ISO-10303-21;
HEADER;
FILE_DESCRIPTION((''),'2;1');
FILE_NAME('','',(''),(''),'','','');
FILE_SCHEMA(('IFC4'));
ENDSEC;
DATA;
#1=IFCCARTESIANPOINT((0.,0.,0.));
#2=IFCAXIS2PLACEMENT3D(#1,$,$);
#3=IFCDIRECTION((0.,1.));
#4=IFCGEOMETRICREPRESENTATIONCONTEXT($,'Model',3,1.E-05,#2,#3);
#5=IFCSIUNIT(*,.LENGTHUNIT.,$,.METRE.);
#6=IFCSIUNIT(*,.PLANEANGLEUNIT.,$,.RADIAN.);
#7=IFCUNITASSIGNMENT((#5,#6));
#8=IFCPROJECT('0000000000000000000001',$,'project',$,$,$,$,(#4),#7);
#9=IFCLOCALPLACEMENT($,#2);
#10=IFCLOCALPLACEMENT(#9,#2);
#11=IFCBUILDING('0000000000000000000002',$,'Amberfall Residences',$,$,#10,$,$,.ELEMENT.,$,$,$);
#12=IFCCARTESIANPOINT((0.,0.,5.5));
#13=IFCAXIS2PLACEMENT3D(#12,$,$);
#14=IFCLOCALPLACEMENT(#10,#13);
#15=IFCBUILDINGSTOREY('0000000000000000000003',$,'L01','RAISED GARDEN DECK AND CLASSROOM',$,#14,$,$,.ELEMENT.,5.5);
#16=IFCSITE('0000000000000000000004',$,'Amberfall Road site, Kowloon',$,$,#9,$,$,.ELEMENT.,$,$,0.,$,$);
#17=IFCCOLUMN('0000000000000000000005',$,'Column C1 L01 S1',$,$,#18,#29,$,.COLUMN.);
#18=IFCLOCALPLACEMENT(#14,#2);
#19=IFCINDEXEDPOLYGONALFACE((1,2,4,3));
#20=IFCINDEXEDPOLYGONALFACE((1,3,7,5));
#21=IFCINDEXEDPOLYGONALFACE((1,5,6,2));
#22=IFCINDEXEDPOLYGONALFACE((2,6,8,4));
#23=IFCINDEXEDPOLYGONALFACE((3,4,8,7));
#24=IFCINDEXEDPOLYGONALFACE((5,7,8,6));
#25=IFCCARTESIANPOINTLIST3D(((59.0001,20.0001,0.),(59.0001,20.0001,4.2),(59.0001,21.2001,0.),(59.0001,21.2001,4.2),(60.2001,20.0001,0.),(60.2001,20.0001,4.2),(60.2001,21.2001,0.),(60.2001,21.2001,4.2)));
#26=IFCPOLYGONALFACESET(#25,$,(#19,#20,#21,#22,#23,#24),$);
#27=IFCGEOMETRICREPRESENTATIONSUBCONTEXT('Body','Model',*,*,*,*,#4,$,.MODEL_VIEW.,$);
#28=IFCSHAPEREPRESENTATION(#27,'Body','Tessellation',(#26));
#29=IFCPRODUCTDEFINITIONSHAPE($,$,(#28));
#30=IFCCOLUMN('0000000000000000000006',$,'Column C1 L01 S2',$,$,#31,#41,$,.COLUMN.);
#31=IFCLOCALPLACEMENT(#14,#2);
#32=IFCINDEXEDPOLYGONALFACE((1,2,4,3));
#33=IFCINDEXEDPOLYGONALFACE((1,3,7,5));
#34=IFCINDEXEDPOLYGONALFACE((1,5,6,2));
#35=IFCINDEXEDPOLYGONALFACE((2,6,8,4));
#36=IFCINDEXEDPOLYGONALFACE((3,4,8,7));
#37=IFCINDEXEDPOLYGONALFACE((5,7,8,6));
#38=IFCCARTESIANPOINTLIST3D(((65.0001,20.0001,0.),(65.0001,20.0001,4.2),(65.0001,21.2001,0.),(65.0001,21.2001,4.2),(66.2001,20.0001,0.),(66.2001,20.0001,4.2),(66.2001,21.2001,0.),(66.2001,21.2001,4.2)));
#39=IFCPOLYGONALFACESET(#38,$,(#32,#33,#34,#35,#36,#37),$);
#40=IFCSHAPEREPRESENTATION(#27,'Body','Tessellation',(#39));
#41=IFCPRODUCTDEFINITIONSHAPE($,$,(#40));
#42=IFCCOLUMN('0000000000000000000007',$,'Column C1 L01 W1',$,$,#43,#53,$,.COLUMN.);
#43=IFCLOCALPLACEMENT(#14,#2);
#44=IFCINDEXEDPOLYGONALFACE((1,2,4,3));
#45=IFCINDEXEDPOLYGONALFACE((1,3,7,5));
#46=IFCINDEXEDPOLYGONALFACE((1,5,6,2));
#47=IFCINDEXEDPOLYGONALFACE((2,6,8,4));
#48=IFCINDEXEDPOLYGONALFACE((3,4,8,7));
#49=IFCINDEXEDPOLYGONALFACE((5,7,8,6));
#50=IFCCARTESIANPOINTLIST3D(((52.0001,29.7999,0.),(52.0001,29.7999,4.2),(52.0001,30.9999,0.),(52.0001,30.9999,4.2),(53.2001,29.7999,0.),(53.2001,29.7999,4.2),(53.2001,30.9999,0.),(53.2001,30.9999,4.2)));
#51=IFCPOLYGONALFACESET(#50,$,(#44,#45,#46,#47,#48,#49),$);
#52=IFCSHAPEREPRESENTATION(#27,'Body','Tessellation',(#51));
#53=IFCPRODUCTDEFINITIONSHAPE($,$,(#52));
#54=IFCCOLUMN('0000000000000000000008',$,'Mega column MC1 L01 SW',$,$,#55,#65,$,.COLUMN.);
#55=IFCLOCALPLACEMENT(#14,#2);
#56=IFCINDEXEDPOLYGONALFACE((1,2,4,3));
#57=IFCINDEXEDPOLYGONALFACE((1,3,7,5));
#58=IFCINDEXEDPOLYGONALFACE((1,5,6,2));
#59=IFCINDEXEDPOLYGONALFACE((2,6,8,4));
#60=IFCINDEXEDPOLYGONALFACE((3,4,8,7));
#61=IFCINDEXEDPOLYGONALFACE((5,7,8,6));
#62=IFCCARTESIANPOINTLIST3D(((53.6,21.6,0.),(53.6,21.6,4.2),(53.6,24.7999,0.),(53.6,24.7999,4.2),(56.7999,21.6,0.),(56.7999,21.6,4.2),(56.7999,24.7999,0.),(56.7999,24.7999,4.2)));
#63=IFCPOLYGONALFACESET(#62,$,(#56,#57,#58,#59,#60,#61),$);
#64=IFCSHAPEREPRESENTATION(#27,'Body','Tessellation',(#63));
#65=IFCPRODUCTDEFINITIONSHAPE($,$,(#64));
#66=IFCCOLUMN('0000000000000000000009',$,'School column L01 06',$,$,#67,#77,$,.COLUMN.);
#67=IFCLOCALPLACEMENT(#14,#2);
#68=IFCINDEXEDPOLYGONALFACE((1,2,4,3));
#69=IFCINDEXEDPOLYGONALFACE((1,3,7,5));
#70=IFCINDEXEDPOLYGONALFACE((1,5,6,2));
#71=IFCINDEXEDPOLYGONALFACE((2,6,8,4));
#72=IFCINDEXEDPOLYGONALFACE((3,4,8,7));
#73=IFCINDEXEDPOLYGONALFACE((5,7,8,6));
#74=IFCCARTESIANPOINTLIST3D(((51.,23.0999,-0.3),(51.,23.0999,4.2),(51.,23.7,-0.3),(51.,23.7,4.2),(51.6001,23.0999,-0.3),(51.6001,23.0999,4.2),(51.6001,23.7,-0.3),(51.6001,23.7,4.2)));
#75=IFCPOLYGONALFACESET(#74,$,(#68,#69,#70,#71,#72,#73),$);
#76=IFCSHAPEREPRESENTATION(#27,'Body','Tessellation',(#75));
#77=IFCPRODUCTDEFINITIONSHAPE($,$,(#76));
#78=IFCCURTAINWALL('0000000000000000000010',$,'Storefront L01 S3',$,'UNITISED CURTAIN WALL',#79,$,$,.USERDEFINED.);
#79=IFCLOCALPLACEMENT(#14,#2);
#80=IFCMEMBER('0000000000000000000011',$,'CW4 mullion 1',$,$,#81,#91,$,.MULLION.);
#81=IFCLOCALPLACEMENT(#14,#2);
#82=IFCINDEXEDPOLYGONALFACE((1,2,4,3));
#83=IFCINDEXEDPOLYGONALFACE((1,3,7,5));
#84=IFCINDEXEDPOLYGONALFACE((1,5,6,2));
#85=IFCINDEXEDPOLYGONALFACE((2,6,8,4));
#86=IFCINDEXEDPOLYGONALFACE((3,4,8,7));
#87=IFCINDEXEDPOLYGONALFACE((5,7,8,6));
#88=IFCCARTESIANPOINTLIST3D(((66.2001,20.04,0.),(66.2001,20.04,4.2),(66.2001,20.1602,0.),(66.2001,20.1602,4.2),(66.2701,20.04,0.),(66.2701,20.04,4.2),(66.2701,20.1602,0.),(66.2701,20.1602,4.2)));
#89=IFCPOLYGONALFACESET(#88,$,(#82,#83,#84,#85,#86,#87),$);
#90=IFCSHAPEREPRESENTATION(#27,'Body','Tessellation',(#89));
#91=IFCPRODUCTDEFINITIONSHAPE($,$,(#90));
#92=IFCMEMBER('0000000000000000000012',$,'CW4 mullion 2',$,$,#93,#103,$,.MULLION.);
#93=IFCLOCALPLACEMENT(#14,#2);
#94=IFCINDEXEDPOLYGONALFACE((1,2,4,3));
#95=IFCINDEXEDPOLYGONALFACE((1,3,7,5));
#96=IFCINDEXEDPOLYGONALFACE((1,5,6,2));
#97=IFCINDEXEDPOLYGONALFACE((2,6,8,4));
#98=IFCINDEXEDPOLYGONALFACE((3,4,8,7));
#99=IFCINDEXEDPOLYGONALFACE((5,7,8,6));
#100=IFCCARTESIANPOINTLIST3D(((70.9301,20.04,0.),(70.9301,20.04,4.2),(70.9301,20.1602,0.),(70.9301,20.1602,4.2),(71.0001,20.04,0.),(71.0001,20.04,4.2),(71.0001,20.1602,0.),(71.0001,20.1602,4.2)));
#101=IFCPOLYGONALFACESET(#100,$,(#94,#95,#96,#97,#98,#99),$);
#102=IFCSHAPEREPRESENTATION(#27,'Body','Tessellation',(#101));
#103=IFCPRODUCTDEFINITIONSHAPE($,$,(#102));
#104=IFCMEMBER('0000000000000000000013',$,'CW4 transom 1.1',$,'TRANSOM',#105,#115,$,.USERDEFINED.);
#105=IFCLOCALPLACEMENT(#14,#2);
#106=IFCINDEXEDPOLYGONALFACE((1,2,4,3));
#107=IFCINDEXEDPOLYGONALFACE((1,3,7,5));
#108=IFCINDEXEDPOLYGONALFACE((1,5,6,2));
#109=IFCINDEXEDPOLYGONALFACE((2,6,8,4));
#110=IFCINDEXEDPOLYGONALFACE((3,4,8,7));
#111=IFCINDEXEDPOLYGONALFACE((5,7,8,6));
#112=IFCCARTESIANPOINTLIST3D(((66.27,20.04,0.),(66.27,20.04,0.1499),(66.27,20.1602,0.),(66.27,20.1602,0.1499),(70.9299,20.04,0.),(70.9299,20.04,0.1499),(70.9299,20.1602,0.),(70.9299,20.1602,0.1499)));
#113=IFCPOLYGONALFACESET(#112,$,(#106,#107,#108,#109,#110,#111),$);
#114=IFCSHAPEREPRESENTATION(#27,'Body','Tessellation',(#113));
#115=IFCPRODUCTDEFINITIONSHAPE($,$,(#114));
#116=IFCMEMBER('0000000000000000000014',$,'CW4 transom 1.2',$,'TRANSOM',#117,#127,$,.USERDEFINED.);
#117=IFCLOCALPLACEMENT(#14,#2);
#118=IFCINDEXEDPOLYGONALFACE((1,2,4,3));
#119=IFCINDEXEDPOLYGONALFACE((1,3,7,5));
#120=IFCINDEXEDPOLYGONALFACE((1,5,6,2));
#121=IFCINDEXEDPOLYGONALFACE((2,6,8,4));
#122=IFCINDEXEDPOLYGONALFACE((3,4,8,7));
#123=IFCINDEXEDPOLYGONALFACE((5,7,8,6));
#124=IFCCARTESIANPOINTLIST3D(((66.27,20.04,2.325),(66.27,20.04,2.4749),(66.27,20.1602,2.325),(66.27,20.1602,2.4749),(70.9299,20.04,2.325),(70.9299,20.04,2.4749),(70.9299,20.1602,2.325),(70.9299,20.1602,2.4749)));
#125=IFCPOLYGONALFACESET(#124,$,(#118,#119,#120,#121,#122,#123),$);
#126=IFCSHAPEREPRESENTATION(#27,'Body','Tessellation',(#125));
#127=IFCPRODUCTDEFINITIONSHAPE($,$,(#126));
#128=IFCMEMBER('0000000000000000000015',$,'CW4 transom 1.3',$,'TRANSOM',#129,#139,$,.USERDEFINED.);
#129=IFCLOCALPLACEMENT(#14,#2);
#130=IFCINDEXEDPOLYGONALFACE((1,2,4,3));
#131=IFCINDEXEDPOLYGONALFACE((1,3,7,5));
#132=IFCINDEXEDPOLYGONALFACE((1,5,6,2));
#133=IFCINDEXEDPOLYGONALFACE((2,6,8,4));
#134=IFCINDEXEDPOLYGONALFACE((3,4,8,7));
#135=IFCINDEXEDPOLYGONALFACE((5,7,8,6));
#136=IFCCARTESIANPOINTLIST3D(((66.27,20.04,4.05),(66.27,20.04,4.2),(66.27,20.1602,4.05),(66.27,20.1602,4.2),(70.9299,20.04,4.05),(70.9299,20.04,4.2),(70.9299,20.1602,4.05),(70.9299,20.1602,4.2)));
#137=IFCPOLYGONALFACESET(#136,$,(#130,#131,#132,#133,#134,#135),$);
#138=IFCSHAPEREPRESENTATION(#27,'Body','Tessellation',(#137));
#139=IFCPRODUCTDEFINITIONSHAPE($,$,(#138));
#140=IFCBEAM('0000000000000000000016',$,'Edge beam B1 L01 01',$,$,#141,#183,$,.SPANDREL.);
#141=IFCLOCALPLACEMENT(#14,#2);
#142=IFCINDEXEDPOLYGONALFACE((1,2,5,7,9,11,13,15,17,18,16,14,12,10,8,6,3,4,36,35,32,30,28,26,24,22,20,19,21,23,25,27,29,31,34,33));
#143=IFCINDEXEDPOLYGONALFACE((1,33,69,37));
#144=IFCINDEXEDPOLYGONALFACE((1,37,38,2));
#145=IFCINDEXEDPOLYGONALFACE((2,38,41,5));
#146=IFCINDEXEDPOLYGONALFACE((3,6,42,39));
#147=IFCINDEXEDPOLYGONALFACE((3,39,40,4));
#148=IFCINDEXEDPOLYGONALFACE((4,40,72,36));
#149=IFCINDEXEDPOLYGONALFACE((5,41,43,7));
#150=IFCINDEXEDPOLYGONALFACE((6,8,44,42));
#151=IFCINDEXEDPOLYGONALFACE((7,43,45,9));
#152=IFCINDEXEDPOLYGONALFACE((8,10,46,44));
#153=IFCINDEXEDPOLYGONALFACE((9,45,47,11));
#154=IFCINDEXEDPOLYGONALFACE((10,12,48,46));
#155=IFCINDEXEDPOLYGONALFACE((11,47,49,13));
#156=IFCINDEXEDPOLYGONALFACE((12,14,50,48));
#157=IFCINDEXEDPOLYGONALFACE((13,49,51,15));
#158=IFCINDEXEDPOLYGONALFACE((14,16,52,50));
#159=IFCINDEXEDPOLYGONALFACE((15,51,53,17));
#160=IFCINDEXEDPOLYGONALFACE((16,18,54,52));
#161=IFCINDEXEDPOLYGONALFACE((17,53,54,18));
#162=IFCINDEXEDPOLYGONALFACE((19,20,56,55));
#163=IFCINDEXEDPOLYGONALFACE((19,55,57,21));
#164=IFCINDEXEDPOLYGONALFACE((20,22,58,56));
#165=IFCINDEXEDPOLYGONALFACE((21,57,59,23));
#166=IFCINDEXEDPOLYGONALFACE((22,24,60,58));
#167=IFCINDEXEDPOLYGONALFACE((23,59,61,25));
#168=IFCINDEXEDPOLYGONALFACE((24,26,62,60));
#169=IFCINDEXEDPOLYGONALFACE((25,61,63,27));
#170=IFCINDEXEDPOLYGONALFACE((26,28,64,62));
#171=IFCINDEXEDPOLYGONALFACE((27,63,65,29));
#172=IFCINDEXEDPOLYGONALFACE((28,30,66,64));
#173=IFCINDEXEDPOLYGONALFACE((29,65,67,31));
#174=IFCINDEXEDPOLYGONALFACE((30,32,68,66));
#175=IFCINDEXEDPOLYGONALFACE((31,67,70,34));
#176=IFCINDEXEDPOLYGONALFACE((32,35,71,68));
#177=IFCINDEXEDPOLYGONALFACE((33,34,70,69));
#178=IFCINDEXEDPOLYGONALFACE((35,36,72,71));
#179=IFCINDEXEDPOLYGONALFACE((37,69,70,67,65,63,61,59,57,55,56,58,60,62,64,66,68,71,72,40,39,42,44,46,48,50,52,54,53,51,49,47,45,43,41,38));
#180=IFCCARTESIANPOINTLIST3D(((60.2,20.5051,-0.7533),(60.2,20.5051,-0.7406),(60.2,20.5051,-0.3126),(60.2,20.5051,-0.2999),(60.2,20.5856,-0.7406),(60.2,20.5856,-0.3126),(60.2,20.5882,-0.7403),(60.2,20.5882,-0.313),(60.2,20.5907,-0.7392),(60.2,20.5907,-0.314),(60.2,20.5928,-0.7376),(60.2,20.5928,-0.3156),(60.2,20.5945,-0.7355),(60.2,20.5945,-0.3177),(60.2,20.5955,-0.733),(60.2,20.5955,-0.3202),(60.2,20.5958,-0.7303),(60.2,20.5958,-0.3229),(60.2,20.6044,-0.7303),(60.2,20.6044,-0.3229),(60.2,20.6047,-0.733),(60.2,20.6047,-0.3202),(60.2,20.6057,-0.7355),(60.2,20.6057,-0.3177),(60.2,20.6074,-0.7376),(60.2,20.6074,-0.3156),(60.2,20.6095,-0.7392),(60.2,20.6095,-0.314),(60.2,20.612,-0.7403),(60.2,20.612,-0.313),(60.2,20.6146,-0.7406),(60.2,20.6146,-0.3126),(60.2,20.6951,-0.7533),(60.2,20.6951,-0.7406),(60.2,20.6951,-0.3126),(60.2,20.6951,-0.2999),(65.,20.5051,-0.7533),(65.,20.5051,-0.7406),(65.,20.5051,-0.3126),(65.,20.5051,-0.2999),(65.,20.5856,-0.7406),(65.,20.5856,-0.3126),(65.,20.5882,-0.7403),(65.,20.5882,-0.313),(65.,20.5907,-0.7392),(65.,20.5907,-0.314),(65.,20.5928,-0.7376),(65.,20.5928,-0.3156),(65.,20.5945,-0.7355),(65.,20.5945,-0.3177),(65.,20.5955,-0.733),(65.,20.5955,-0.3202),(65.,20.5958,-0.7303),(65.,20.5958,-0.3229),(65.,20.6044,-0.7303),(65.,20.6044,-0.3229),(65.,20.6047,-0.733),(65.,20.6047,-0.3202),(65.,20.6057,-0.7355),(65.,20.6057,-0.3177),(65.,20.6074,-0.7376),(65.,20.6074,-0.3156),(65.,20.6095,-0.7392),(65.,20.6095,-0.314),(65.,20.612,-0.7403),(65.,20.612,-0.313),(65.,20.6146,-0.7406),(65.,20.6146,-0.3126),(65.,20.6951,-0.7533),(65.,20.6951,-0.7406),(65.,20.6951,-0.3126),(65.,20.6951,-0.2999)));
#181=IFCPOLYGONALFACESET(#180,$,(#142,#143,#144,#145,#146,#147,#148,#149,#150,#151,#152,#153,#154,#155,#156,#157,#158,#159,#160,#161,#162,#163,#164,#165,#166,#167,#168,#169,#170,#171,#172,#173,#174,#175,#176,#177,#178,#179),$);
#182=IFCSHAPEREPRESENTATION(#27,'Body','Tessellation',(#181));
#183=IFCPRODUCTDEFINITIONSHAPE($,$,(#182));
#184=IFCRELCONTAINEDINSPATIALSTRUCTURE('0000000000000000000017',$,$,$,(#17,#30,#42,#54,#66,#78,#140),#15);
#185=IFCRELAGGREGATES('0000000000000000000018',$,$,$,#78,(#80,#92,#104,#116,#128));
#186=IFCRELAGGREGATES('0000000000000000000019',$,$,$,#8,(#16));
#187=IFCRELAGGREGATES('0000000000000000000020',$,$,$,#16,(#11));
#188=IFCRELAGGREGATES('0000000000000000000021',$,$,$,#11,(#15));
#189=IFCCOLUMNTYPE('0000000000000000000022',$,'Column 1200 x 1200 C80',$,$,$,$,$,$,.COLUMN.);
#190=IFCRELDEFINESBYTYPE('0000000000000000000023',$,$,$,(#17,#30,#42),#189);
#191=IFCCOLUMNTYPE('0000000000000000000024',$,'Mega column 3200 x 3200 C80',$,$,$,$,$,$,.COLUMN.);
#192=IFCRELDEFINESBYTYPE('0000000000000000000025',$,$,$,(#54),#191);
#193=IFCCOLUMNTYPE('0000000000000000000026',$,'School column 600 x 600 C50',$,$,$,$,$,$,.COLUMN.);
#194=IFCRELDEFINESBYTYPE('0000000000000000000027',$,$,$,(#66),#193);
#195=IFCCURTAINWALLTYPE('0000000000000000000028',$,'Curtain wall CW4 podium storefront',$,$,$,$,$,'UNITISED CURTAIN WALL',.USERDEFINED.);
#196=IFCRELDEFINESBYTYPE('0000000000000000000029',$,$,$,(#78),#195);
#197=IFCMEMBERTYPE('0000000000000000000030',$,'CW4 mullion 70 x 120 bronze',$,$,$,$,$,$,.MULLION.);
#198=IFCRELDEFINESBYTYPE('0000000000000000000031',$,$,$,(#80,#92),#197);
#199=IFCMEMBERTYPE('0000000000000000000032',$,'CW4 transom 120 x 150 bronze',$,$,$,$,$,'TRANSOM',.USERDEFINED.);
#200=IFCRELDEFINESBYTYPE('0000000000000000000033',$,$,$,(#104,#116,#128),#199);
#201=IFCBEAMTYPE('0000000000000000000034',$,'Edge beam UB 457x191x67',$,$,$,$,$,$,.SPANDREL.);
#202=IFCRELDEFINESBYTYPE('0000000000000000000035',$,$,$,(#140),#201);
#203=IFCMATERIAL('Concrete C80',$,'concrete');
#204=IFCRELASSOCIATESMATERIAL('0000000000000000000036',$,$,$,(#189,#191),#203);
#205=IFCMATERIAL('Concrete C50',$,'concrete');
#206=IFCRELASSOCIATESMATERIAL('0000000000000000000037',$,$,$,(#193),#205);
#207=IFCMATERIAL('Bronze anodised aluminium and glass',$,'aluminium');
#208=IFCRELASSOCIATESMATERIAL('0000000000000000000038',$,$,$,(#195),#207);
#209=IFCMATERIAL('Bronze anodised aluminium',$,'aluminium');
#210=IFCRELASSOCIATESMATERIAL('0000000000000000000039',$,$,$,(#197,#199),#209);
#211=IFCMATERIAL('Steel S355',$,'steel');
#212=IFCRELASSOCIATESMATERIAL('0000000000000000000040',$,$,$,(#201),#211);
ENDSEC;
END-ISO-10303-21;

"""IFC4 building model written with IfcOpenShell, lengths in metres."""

from ifc_helpers import new_model, si_unit, direction, frame, origin, origin_2d, place, context, subcontext, project, spatial, rectangle, i_section, extrude, material, material_profile, profile_set, type_object, element, aggregate, save


model = new_model("IFC4")

# Units and contexts
model_context = context("Model", 3, precision=1e-05, world=origin(), true_north=direction((0.0, 1.0)))
body_context = subcontext(model_context, "Body", "Model", "MODEL_VIEW")
ifc_project = project(units=[si_unit("LENGTHUNIT", "METRE"), si_unit("PLANEANGLEUNIT", "RADIAN")], contexts=[model_context])

# Site, building, storey
site_placement = place(None, origin())
site = spatial("IfcSite", under=ifc_project, at=site_placement, Name="Amberfall Road site, Kowloon", CompositionType="ELEMENT", RefElevation=0.0)
building_placement = place(site_placement, origin())
building = spatial("IfcBuilding", under=site, at=building_placement, Name="Amberfall Residences", CompositionType="ELEMENT")
storey_placement = place(building_placement, frame((0.0, 0.0, 5.5)))
storey = spatial("IfcBuildingStorey", under=building, at=storey_placement, Name="L01", Description="RAISED GARDEN DECK AND CLASSROOM", CompositionType="ELEMENT", Elevation=5.5)

# Columns
ifc_material_1 = material(Name="Concrete C80", Category="concrete")
ifc_material_profile_1 = material_profile(ifc_material_1, rectangle(XDim=1.2, YDim=1.2, at=origin_2d()), Name="Column 1200 x 1200 C80")
ifc_profile_set_1 = profile_set([ifc_material_profile_1], Name="Concrete C80")
column_type_1 = type_object("IfcColumnType", Name="Column 1200 x 1200 C80", PredefinedType="COLUMN", material=ifc_profile_set_1)
for number, where, z_axis, x_axis, name in (
    (1, (59.6001, 20.6001, 0.0), (0.0, 0.0, 1.0), (1.0, 0.0, 0.0), "Column C1 L01 S1"),
    (2, (65.6001, 20.6001, 0.0), (0.0, 0.0, 1.0), (1.0, 0.0, 0.0), "Column C1 L01 S2"),
    (3, (52.6001, 30.3999, 0.0), (0.0, 0.0, 1.0), (1.0, 0.0, 0.0), "Column C1 L01 W1"),
):
    element("IfcColumn", number, at=place(storey_placement, frame(where, z_axis=z_axis, x_axis=x_axis)), inside=storey, type_object=column_type_1, Name=name, PredefinedType="COLUMN", context=body_context, shape_type="SweptSolid", body=[
        extrude(rectangle(XDim=1.2, YDim=1.2, at=origin_2d()), origin(), (0.0, 0.0, 1.0), 4.2),
    ])
ifc_material_profile_2 = material_profile(ifc_material_1, rectangle(XDim=3.2, YDim=3.2, at=origin_2d()), Name="Mega column 3200 x 3200 C80")
ifc_profile_set_2 = profile_set([ifc_material_profile_2], Name="Concrete C80")
column_type_2 = type_object("IfcColumnType", Name="Mega column 3200 x 3200 C80", PredefinedType="COLUMN", material=ifc_profile_set_2)
column_1_placement = place(storey_placement, frame((55.2, 23.2, 0.0), z_axis=(0.0, 0.0, 1.0), x_axis=(1.0, 0.0, 0.0)))
element("IfcColumn", 4, at=column_1_placement, inside=storey, type_object=column_type_2, Name="Mega column MC1 L01 SW", PredefinedType="COLUMN", context=body_context, shape_type="SweptSolid", body=[
    extrude(rectangle(XDim=3.2, YDim=3.2, at=origin_2d()), origin(), (0.0, 0.0, 1.0), 4.2),
])
ifc_material_2 = material(Name="Concrete C50", Category="concrete")
ifc_material_profile_3 = material_profile(ifc_material_2, rectangle(XDim=0.6001, YDim=0.6001, at=origin_2d()), Name="School column 600 x 600 C50")
ifc_profile_set_3 = profile_set([ifc_material_profile_3], Name="Concrete C50")
column_type_3 = type_object("IfcColumnType", Name="School column 600 x 600 C50", PredefinedType="COLUMN", material=ifc_profile_set_3)
column_2_placement = place(storey_placement, frame((51.3, 23.3999, -0.3), z_axis=(0.0, 0.0, 1.0), x_axis=(1.0, 0.0, 0.0)))
element("IfcColumn", 5, at=column_2_placement, inside=storey, type_object=column_type_3, Name="School column L01 06", PredefinedType="COLUMN", context=body_context, shape_type="SweptSolid", body=[
    extrude(rectangle(XDim=0.6001, YDim=0.6001, at=origin_2d()), origin(), (0.0, 0.0, 1.0), 4.5),
])

# Curtain wall, members
ifc_material_3 = material(Name="Bronze anodised aluminium and glass", Category="aluminium")
curtain_wall_type = type_object("IfcCurtainWallType", Name="Curtain wall CW4 podium storefront", ElementType="UNITISED CURTAIN WALL", PredefinedType="USERDEFINED", material=ifc_material_3)
curtain_wall_placement = place(storey_placement, origin())
curtain_wall = element("IfcCurtainWall", 6, at=curtain_wall_placement, inside=storey, type_object=curtain_wall_type, Name="Storefront L01 S3", ObjectType="UNITISED CURTAIN WALL", PredefinedType="USERDEFINED")
ifc_material_4 = material(Name="Bronze anodised aluminium", Category="aluminium")
ifc_material_profile_4 = material_profile(ifc_material_4, rectangle(XDim=0.1201, YDim=0.0701, at=origin_2d()), Name="CW4 mullion 70 x 120 bronze")
ifc_profile_set_4 = profile_set([ifc_material_profile_4], Name="Bronze anodised aluminium")
member_type_1 = type_object("IfcMemberType", Name="CW4 mullion 70 x 120 bronze", PredefinedType="MULLION", material=ifc_profile_set_4)
member_1_placement = place(storey_placement, frame((66.2351, 20.1001, 0.0), z_axis=(0.0, 0.0, 1.0), x_axis=(0.0, 1.0, 0.0)))
member_1 = element("IfcMember", 7, at=member_1_placement, type_object=member_type_1, Name="CW4 mullion 1", PredefinedType="MULLION", context=body_context, shape_type="SweptSolid", body=[
    extrude(rectangle(XDim=0.1201, YDim=0.0701, at=origin_2d()), origin(), (0.0, 0.0, 1.0), 4.2),
])
member_2_placement = place(storey_placement, frame((70.9651, 20.1001, 0.0), z_axis=(0.0, 0.0, 1.0), x_axis=(0.0, 1.0, 0.0)))
member_2 = element("IfcMember", 8, at=member_2_placement, type_object=member_type_1, Name="CW4 mullion 2", PredefinedType="MULLION", context=body_context, shape_type="SweptSolid", body=[
    extrude(rectangle(XDim=0.1201, YDim=0.0701, at=origin_2d()), origin(), (0.0, 0.0, 1.0), 4.2),
])
ifc_material_profile_5 = material_profile(ifc_material_4, rectangle(XDim=0.1201, YDim=0.1499, at=origin_2d()), Name="CW4 transom 120 x 150 bronze")
ifc_profile_set_5 = profile_set([ifc_material_profile_5], Name="Bronze anodised aluminium")
member_type_2 = type_object("IfcMemberType", Name="CW4 transom 120 x 150 bronze", ElementType="TRANSOM", PredefinedType="USERDEFINED", material=ifc_profile_set_5)
member_3_placement = place(storey_placement, frame((66.27, 20.1001, 0.075), z_axis=(1.0, 0.0, 0.0), x_axis=(0.0, 1.0, 0.0)))
member_3 = element("IfcMember", 9, at=member_3_placement, type_object=member_type_2, Name="CW4 transom 1.1", ObjectType="TRANSOM", PredefinedType="USERDEFINED", context=body_context, shape_type="SweptSolid", body=[
    extrude(rectangle(XDim=0.1201, YDim=0.1499, at=origin_2d()), origin(), (0.0, 0.0, 1.0), 4.6599),
])
member_4_placement = place(storey_placement, frame((66.27, 20.1001, 2.3999), z_axis=(1.0, 0.0, 0.0), x_axis=(0.0, 1.0, 0.0)))
member_4 = element("IfcMember", 10, at=member_4_placement, type_object=member_type_2, Name="CW4 transom 1.2", ObjectType="TRANSOM", PredefinedType="USERDEFINED", context=body_context, shape_type="SweptSolid", body=[
    extrude(rectangle(XDim=0.1201, YDim=0.1499, at=origin_2d()), origin(), (0.0, 0.0, 1.0), 4.6599),
])
member_5_placement = place(storey_placement, frame((66.27, 20.1001, 4.125), z_axis=(1.0, 0.0, 0.0), x_axis=(0.0, 1.0, 0.0)))
member_5 = element("IfcMember", 11, at=member_5_placement, type_object=member_type_2, Name="CW4 transom 1.3", ObjectType="TRANSOM", PredefinedType="USERDEFINED", context=body_context, shape_type="SweptSolid", body=[
    extrude(rectangle(XDim=0.1201, YDim=0.1499, at=origin_2d()), origin(), (0.0, 0.0, 1.0), 4.6599),
])

# Beam
ifc_material_5 = material(Name="Steel S355", Category="steel")
ifc_material_profile_6 = material_profile(ifc_material_5, i_section(OverallWidth=0.1899, OverallDepth=0.4534, WebThickness=0.0085, FlangeThickness=0.0127, FilletRadius=0.0103, at=origin_2d()), Name="UB 457x191x67")
ifc_profile_set_6 = profile_set([ifc_material_profile_6], Name="Steel S355")
beam_type_1 = type_object("IfcBeamType", Name="Edge beam UB 457x191x67", PredefinedType="SPANDREL", material=ifc_profile_set_6)
for number, where, z_axis, x_axis, name in (
    (12, (60.2, 20.6001, -0.5266), (1.0, 0.0, 0.0), (0.0, 1.0, 0.0), "Edge beam B1 L01 01"),
):
    element("IfcBeam", number, at=place(storey_placement, frame(where, z_axis=z_axis, x_axis=x_axis)), inside=storey, type_object=beam_type_1, Name=name, PredefinedType="SPANDREL", context=body_context, shape_type="SweptSolid", body=[
        extrude(i_section(OverallWidth=0.1899, OverallDepth=0.4534, WebThickness=0.0085, FlangeThickness=0.0127, FilletRadius=0.0103, at=origin_2d()), origin(), (0.0, 0.0, 1.0), 4.8),
    ])

aggregate(curtain_wall, [member_1, member_2, member_3, member_4, member_5])

save(model, "model.ifc")
